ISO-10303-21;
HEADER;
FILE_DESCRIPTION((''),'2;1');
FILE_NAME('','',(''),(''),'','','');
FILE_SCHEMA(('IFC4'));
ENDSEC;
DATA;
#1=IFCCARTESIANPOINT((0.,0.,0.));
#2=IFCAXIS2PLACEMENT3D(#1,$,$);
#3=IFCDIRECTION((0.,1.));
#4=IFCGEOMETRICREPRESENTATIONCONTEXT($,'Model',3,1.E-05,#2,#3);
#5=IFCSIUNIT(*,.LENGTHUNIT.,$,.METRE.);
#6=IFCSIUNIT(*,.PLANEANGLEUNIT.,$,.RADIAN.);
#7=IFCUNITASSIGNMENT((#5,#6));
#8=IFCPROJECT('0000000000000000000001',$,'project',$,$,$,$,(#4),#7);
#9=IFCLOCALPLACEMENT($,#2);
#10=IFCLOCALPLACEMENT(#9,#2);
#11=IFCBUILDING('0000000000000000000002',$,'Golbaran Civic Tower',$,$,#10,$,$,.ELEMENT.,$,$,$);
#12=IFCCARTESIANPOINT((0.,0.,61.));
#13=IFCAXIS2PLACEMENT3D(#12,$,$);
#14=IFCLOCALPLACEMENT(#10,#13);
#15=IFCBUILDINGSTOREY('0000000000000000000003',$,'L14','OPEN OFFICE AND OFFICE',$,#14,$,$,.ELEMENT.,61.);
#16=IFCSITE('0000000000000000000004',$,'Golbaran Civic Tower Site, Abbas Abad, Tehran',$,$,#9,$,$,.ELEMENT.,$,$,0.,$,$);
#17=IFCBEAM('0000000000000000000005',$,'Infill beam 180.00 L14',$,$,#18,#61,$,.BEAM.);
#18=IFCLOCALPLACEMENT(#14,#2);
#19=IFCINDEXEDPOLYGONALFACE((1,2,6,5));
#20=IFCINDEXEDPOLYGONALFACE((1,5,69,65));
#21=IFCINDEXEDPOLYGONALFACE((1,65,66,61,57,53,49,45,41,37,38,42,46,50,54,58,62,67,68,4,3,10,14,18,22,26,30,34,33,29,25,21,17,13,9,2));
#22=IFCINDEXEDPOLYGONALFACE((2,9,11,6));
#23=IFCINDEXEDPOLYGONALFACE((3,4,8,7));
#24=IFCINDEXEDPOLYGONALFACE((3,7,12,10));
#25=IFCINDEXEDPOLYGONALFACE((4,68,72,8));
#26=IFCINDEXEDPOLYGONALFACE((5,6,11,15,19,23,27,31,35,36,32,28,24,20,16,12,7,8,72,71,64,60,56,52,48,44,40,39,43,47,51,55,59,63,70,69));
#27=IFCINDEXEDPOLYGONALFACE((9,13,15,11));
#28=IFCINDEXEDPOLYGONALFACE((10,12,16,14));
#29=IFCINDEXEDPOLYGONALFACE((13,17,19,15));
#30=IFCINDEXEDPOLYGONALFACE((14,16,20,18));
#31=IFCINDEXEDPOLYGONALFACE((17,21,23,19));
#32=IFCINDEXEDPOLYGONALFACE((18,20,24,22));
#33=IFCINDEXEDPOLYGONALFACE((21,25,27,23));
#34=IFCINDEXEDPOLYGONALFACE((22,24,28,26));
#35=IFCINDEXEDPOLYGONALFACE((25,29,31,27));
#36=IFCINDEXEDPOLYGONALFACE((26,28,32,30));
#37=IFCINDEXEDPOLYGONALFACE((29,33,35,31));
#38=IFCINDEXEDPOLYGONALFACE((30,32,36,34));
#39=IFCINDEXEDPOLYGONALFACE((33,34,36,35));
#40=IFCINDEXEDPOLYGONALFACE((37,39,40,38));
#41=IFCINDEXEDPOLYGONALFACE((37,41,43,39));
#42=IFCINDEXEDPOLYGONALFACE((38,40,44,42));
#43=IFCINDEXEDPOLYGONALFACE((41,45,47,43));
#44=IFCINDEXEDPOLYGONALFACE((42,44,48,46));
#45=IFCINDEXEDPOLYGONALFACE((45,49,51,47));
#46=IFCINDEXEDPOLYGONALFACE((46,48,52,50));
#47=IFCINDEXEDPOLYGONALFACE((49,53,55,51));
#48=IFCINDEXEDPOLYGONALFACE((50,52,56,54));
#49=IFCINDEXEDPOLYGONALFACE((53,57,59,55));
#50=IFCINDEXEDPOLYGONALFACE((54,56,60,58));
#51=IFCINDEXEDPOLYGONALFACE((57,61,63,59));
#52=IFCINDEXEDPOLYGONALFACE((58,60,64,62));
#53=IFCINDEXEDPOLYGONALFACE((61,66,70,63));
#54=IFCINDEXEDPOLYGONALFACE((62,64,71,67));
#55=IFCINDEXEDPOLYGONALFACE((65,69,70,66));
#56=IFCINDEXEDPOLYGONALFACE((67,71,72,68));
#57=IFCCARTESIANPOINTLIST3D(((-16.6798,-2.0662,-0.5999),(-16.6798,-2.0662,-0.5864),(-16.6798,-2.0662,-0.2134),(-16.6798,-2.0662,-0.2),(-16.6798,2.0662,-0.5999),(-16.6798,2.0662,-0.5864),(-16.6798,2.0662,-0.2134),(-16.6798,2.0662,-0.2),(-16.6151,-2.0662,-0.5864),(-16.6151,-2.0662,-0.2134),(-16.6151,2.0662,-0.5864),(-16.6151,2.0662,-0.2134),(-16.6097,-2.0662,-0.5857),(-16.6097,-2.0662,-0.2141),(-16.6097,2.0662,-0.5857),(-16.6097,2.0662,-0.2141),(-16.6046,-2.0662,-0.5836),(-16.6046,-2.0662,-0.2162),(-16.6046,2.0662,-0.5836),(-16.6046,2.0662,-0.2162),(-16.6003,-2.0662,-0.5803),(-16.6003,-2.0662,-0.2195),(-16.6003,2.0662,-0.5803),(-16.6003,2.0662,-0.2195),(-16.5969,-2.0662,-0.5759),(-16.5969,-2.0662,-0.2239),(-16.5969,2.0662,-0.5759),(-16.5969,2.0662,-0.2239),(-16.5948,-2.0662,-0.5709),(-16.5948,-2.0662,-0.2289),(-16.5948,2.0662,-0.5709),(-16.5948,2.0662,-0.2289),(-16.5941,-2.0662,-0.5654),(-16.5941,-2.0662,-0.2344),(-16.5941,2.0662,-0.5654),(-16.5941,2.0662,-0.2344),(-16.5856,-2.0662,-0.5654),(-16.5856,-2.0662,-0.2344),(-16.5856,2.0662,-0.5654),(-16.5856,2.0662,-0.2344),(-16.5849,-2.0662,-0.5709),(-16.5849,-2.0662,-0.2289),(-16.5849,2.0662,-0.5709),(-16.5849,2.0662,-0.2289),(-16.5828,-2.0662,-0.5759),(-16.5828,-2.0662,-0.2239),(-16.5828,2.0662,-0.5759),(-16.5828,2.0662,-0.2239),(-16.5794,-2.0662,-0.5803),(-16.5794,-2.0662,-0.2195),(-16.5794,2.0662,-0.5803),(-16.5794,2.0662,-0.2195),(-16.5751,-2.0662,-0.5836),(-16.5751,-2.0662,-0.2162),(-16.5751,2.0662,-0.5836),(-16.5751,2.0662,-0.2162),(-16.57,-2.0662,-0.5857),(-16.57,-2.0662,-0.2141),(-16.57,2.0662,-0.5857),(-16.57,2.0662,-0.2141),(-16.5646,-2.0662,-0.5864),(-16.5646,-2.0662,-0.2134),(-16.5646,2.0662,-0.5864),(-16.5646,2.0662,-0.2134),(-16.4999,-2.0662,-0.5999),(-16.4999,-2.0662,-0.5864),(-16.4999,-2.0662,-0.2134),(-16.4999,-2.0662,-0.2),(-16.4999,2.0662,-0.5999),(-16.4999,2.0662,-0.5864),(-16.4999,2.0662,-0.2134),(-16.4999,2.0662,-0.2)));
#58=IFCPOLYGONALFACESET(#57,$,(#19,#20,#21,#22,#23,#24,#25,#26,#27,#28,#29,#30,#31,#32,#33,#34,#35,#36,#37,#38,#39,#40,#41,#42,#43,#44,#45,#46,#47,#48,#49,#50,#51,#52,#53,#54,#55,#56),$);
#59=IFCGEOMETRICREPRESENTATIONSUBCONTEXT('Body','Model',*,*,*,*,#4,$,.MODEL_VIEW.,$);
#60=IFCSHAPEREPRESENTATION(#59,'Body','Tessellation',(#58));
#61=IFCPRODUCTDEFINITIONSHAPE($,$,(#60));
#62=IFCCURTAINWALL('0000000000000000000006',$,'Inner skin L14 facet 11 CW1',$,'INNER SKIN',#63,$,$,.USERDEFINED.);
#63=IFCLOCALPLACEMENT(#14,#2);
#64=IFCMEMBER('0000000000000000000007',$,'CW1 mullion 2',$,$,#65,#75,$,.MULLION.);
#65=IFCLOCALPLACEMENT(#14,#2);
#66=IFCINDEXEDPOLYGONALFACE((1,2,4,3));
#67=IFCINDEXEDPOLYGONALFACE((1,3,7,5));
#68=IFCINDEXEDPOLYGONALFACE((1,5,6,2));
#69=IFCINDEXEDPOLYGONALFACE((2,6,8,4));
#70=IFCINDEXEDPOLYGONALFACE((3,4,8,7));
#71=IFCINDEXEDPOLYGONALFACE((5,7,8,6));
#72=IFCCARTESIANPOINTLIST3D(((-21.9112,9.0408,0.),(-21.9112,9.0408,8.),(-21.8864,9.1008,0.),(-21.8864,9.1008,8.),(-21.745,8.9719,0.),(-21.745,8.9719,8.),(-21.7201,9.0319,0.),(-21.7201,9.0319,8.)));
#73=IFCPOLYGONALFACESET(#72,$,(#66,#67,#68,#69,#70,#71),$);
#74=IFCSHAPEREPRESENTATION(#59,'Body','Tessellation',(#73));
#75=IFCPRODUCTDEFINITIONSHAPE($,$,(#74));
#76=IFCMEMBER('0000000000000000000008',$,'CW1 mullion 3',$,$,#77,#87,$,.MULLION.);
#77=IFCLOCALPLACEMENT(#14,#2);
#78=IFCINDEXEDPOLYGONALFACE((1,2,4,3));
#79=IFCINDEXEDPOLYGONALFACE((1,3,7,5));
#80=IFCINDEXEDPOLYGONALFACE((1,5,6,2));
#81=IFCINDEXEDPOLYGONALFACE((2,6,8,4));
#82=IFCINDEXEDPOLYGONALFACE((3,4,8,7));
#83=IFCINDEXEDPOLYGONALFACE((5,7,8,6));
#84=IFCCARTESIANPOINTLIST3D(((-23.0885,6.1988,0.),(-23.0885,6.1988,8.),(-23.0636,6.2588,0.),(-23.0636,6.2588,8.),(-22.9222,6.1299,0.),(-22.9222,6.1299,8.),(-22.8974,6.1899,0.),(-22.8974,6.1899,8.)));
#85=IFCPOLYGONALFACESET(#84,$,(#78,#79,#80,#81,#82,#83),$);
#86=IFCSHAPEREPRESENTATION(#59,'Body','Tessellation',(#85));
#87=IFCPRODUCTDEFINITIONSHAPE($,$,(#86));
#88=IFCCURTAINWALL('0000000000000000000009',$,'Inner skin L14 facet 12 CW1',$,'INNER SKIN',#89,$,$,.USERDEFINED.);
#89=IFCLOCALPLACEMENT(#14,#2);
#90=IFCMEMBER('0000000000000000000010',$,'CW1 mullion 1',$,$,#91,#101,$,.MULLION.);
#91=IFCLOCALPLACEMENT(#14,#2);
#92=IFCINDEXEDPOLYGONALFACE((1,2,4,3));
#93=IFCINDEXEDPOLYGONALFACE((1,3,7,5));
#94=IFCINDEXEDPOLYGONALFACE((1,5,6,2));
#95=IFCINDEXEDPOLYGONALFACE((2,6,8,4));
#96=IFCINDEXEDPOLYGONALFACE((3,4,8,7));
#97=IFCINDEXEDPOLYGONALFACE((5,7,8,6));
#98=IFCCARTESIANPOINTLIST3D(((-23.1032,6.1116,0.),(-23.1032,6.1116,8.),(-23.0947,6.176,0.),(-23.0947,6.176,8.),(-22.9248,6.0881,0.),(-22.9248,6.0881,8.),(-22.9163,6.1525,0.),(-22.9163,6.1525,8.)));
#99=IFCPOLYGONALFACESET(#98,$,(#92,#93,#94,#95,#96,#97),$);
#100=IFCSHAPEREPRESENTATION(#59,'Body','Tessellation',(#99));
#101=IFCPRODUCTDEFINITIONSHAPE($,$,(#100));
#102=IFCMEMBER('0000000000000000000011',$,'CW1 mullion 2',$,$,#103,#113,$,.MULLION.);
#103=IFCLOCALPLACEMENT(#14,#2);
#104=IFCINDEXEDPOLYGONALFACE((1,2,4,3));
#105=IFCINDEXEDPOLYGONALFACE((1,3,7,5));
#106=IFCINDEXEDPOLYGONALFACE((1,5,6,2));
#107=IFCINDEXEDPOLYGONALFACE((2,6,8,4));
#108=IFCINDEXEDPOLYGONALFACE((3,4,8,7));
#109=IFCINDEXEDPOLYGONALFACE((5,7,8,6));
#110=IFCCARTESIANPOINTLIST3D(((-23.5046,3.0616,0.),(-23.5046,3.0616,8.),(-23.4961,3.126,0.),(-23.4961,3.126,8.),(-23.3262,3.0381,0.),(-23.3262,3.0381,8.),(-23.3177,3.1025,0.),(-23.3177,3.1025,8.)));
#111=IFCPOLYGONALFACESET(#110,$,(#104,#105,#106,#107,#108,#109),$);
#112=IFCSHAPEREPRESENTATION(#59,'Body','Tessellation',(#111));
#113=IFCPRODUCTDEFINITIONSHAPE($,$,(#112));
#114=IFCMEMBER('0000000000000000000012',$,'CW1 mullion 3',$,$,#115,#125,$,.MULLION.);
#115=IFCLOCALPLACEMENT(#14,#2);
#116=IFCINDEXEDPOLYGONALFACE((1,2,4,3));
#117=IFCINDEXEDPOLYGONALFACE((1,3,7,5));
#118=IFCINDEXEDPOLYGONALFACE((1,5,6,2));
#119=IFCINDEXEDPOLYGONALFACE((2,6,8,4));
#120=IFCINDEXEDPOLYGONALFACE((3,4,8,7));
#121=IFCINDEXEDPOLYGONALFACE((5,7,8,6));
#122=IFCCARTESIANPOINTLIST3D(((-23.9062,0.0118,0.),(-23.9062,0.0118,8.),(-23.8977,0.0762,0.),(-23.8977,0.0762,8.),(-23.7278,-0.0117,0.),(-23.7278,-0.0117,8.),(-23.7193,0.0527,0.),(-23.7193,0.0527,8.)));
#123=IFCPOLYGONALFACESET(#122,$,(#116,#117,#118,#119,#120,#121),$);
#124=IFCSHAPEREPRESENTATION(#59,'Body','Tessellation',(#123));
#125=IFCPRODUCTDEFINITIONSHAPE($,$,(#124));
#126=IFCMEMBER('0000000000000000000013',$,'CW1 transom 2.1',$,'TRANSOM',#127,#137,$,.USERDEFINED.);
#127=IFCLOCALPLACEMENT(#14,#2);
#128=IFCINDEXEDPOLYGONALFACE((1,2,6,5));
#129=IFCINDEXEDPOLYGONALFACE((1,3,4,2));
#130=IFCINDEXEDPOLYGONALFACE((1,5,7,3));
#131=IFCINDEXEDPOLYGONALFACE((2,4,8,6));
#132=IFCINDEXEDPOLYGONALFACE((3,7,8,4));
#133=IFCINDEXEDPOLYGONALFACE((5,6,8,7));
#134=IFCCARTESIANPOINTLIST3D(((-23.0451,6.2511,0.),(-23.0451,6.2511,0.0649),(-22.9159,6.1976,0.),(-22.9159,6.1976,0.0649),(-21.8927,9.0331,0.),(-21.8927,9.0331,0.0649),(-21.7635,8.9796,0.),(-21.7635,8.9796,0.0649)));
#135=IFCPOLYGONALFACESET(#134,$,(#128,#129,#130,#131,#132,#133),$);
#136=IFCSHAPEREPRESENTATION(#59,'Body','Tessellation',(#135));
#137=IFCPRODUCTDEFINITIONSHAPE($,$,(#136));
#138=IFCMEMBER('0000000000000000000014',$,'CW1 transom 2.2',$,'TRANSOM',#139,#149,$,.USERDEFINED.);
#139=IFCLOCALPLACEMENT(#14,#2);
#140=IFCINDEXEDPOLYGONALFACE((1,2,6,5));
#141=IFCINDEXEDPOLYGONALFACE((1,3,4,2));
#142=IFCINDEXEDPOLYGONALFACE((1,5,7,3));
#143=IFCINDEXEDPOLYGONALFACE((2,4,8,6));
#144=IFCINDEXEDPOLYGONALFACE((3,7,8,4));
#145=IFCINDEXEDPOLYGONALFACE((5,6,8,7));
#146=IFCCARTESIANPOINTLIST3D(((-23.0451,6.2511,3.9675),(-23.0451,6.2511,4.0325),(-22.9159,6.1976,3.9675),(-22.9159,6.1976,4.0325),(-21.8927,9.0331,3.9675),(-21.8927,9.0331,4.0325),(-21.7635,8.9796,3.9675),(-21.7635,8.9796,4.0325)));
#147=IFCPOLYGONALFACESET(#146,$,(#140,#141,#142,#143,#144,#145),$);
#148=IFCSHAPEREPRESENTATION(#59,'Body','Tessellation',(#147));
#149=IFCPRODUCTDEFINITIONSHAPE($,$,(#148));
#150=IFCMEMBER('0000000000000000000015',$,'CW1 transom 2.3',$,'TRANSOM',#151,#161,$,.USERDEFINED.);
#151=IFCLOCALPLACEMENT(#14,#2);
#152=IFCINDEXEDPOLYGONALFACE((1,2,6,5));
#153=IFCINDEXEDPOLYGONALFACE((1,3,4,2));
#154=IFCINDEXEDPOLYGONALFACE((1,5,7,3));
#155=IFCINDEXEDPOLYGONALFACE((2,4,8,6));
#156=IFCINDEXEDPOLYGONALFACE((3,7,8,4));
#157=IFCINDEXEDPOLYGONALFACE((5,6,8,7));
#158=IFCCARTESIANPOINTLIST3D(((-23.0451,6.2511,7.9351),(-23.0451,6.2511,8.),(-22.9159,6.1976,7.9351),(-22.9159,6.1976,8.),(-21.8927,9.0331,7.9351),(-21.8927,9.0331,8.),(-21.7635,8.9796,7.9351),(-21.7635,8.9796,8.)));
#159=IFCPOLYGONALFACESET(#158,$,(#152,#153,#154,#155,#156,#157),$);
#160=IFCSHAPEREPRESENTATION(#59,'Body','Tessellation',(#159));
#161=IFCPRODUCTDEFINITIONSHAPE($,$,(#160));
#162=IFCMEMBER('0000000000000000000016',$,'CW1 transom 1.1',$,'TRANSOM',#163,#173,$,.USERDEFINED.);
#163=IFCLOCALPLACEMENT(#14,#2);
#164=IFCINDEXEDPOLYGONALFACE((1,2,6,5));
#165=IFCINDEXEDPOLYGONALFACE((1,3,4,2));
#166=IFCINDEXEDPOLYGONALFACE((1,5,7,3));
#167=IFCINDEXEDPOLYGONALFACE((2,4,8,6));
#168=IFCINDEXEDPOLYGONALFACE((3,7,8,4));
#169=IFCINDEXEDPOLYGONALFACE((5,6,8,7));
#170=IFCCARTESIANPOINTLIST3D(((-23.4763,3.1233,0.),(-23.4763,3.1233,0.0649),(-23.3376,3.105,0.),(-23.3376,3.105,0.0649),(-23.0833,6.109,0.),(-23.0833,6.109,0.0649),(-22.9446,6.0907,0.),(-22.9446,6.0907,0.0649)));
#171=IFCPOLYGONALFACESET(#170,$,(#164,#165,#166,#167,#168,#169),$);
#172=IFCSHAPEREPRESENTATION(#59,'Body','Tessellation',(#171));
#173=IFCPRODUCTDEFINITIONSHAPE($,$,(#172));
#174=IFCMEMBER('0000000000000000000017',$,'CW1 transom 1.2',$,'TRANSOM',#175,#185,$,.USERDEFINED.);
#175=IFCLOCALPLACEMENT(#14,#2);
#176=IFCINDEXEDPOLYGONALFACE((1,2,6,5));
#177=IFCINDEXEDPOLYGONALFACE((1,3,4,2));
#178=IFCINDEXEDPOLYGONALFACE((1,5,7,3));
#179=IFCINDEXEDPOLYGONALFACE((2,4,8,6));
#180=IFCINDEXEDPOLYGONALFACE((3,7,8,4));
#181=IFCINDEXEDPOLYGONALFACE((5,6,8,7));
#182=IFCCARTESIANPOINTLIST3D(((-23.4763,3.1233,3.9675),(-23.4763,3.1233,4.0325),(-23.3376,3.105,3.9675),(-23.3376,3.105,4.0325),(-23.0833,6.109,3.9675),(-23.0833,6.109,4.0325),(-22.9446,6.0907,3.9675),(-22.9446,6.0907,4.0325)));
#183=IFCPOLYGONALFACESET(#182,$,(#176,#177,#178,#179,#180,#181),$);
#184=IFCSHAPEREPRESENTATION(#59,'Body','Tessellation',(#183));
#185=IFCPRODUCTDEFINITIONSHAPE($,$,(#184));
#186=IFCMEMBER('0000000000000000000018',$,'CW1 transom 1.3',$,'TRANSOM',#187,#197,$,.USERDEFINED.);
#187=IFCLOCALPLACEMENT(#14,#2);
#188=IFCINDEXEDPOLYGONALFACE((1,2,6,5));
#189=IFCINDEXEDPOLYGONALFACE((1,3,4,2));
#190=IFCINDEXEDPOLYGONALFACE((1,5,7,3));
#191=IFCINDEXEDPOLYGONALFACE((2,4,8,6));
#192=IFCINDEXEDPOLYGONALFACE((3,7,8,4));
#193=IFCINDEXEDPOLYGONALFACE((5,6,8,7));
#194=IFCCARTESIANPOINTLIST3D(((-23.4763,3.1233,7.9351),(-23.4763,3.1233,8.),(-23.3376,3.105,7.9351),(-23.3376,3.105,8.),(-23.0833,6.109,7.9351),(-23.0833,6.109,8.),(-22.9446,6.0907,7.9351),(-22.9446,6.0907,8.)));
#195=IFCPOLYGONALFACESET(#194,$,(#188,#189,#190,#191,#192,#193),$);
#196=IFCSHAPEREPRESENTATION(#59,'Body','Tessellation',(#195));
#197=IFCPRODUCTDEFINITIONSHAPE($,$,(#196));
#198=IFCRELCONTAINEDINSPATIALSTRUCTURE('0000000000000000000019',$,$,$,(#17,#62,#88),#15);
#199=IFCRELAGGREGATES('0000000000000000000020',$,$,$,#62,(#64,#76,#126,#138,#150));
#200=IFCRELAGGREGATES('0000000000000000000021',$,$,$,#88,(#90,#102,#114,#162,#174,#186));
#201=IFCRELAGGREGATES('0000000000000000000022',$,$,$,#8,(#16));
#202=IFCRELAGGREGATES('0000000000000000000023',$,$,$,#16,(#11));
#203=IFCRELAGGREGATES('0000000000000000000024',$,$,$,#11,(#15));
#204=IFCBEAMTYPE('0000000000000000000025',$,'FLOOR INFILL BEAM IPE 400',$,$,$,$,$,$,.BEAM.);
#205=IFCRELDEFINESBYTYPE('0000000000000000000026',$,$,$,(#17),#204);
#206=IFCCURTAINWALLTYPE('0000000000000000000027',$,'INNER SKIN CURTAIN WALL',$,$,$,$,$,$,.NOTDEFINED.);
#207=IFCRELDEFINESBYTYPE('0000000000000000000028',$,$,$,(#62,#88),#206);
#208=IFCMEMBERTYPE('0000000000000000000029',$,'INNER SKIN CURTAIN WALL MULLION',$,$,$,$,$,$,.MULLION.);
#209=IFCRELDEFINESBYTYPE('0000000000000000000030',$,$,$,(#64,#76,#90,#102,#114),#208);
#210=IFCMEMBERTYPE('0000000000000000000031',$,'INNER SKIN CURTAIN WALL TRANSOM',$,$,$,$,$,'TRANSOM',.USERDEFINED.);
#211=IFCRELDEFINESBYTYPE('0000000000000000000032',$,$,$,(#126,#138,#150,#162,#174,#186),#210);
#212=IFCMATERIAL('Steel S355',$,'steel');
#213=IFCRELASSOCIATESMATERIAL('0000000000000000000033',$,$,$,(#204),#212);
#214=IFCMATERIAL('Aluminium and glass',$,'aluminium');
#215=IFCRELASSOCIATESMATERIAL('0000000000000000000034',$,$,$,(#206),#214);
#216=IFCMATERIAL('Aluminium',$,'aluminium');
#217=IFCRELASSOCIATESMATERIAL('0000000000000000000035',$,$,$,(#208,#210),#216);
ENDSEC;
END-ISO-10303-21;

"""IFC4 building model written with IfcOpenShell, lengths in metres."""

from ifc_helpers import new_model, si_unit, direction, frame, origin, origin_2d, place, context, subcontext, project, spatial, rectangle, i_section, extrude, material, material_profile, profile_set, type_object, element, aggregate, save


model = new_model("IFC4")

# Units and contexts
model_context = context("Model", 3, precision=1e-05, world=origin(), true_north=direction((0.0, 1.0)))
body_context = subcontext(model_context, "Body", "Model", "MODEL_VIEW")
ifc_project = project(units=[si_unit("LENGTHUNIT", "METRE"), si_unit("PLANEANGLEUNIT", "RADIAN")], contexts=[model_context])

# Site, building, storey
site_placement = place(None, origin())
site = spatial("IfcSite", under=ifc_project, at=site_placement, Name="Golbaran Civic Tower Site, Abbas Abad, Tehran", CompositionType="ELEMENT", RefElevation=0.0)
building_placement = place(site_placement, origin())
building = spatial("IfcBuilding", under=site, at=building_placement, Name="Golbaran Civic Tower", CompositionType="ELEMENT")
storey_placement = place(building_placement, frame((0.0, 0.0, 61.0)))
storey = spatial("IfcBuildingStorey", under=building, at=storey_placement, Name="L14", Description="OPEN OFFICE AND OFFICE", CompositionType="ELEMENT", Elevation=61.0)

# Beam
ifc_material_1 = material(Name="Steel S355", Category="steel")
ifc_material_profile_1 = material_profile(ifc_material_1, i_section(OverallWidth=0.1799, OverallDepth=0.3999, WebThickness=0.0085, FlangeThickness=0.0134, FilletRadius=0.021, at=origin_2d()), Name="IPE 400")
ifc_profile_set_1 = profile_set([ifc_material_profile_1], Name="Steel S355")
beam_type_1 = type_object("IfcBeamType", Name="FLOOR INFILL BEAM IPE 400", PredefinedType="BEAM", material=ifc_profile_set_1)
beam_1_placement = place(storey_placement, frame((-16.5898, 2.0662, -0.3999), z_axis=(0.0, -1.0, 0.0), x_axis=(1.0, 0.0, 0.0)))
element("IfcBeam", 1, at=beam_1_placement, inside=storey, type_object=beam_type_1, Name="Infill beam 180.00 L14", PredefinedType="BEAM", context=body_context, shape_type="SweptSolid", body=[
    extrude(i_section(OverallWidth=0.1799, OverallDepth=0.3999, WebThickness=0.0085, FlangeThickness=0.0134, FilletRadius=0.021, at=origin_2d()), origin(), (0.0, 0.0, 1.0), 4.1323),
])

# Curtain walls, members
ifc_material_2 = material(Name="Aluminium and glass", Category="aluminium")
curtain_wall_type = type_object("IfcCurtainWallType", Name="INNER SKIN CURTAIN WALL", PredefinedType="NOTDEFINED", material=ifc_material_2)
curtain_wall_1_placement = place(storey_placement, origin())
curtain_wall_1 = element("IfcCurtainWall", 2, at=curtain_wall_1_placement, inside=storey, type_object=curtain_wall_type, Name="Inner skin L14 facet 11 CW1", ObjectType="INNER SKIN", PredefinedType="USERDEFINED")
ifc_material_3 = material(Name="Aluminium", Category="aluminium")
ifc_material_profile_2 = material_profile(ifc_material_3, rectangle(XDim=0.1799, YDim=0.0649, at=origin_2d()), Name="INNER SKIN CURTAIN WALL MULLION")
ifc_profile_set_2 = profile_set([ifc_material_profile_2], Name="Aluminium")
member_type_1 = type_object("IfcMemberType", Name="INNER SKIN CURTAIN WALL MULLION", PredefinedType="MULLION", material=ifc_profile_set_2)
member_1_placement = place(storey_placement, frame((-21.8157, 9.0364, 0.0), z_axis=(0.0, 0.0, 1.0), x_axis=(0.92388, -0.382683, 0.0)))
member_1 = element("IfcMember", 3, at=member_1_placement, type_object=member_type_1, Name="CW1 mullion 2", PredefinedType="MULLION", context=body_context, shape_type="SweptSolid", body=[
    extrude(rectangle(XDim=0.1799, YDim=0.0649, at=origin_2d()), origin(), (0.0, 0.0, 1.0), 8.0),
])
member_2_placement = place(storey_placement, frame((-22.9929, 6.1943, 0.0), z_axis=(0.0, 0.0, 1.0), x_axis=(0.92388, -0.382683, 0.0)))
member_2 = element("IfcMember", 4, at=member_2_placement, type_object=member_type_1, Name="CW1 mullion 3", PredefinedType="MULLION", context=body_context, shape_type="SweptSolid", body=[
    extrude(rectangle(XDim=0.1799, YDim=0.0649, at=origin_2d()), origin(), (0.0, 0.0, 1.0), 8.0),
])
curtain_wall_2_placement = place(storey_placement, origin())
curtain_wall_2 = element("IfcCurtainWall", 5, at=curtain_wall_2_placement, inside=storey, type_object=curtain_wall_type, Name="Inner skin L14 facet 12 CW1", ObjectType="INNER SKIN", PredefinedType="USERDEFINED")
member_3_placement = place(storey_placement, frame((-23.0098, 6.1321, 0.0), z_axis=(0.0, 0.0, 1.0), x_axis=(0.991445, -0.130526, 0.0)))
member_3 = element("IfcMember", 6, at=member_3_placement, type_object=member_type_1, Name="CW1 mullion 1", PredefinedType="MULLION", context=body_context, shape_type="SweptSolid", body=[
    extrude(rectangle(XDim=0.1799, YDim=0.0649, at=origin_2d()), origin(), (0.0, 0.0, 1.0), 8.0),
])
member_4_placement = place(storey_placement, frame((-23.4111, 3.082, 0.0), z_axis=(0.0, 0.0, 1.0), x_axis=(0.991445, -0.130526, 0.0)))
member_4 = element("IfcMember", 7, at=member_4_placement, type_object=member_type_1, Name="CW1 mullion 2", PredefinedType="MULLION", context=body_context, shape_type="SweptSolid", body=[
    extrude(rectangle(XDim=0.1799, YDim=0.0649, at=origin_2d()), origin(), (0.0, 0.0, 1.0), 8.0),
])
member_5_placement = place(storey_placement, frame((-23.8127, 0.0322, 0.0), z_axis=(0.0, 0.0, 1.0), x_axis=(0.991445, -0.130526, 0.0)))
member_5 = element("IfcMember", 8, at=member_5_placement, type_object=member_type_1, Name="CW1 mullion 3", PredefinedType="MULLION", context=body_context, shape_type="SweptSolid", body=[
    extrude(rectangle(XDim=0.1799, YDim=0.0649, at=origin_2d()), origin(), (0.0, 0.0, 1.0), 8.0),
])

# Members
ifc_material_profile_3 = material_profile(ifc_material_3, rectangle(XDim=0.1399, YDim=0.0649, at=origin_2d()), Name="INNER SKIN CURTAIN WALL TRANSOM")
ifc_profile_set_3 = profile_set([ifc_material_profile_3], Name="Aluminium")
member_type_2 = type_object("IfcMemberType", Name="INNER SKIN CURTAIN WALL TRANSOM", ElementType="TRANSOM", PredefinedType="USERDEFINED", material=ifc_profile_set_3)
member_6_placement = place(storey_placement, frame((-21.8281, 9.0063, 0.0325), z_axis=(-0.382686, -0.923878, 0.0), x_axis=(0.923878, -0.382686, 0.0)))
member_6 = element("IfcMember", 9, at=member_6_placement, type_object=member_type_2, Name="CW1 transom 2.1", ObjectType="TRANSOM", PredefinedType="USERDEFINED", context=body_context, shape_type="SweptSolid", body=[
    extrude(rectangle(XDim=0.1399, YDim=0.0649, at=origin_2d()), origin(), (0.0, 0.0, 1.0), 3.0112),
])
member_7_placement = place(storey_placement, frame((-21.8281, 9.0063, 4.0), z_axis=(-0.382686, -0.923878, 0.0), x_axis=(0.923878, -0.382686, 0.0)))
member_7 = element("IfcMember", 10, at=member_7_placement, type_object=member_type_2, Name="CW1 transom 2.2", ObjectType="TRANSOM", PredefinedType="USERDEFINED", context=body_context, shape_type="SweptSolid", body=[
    extrude(rectangle(XDim=0.1399, YDim=0.0649, at=origin_2d()), origin(), (0.0, 0.0, 1.0), 3.0112),
])
member_8_placement = place(storey_placement, frame((-21.8281, 9.0063, 7.9675), z_axis=(-0.382686, -0.923878, 0.0), x_axis=(0.923878, -0.382686, 0.0)))
member_8 = element("IfcMember", 11, at=member_8_placement, type_object=member_type_2, Name="CW1 transom 2.3", ObjectType="TRANSOM", PredefinedType="USERDEFINED", context=body_context, shape_type="SweptSolid", body=[
    extrude(rectangle(XDim=0.1399, YDim=0.0649, at=origin_2d()), origin(), (0.0, 0.0, 1.0), 3.0112),
])
member_9_placement = place(storey_placement, frame((-23.0139, 6.0999, 0.0325), z_axis=(-0.130528, -0.991445, 0.0), x_axis=(0.991445, -0.130528, 0.0)))
member_9 = element("IfcMember", 12, at=member_9_placement, type_object=member_type_2, Name="CW1 transom 1.1", ObjectType="TRANSOM", PredefinedType="USERDEFINED", context=body_context, shape_type="SweptSolid", body=[
    extrude(rectangle(XDim=0.1399, YDim=0.0649, at=origin_2d()), origin(), (0.0, 0.0, 1.0), 3.0115),
])
member_10_placement = place(storey_placement, frame((-23.0139, 6.0999, 4.0), z_axis=(-0.130528, -0.991445, 0.0), x_axis=(0.991445, -0.130528, 0.0)))
member_10 = element("IfcMember", 13, at=member_10_placement, type_object=member_type_2, Name="CW1 transom 1.2", ObjectType="TRANSOM", PredefinedType="USERDEFINED", context=body_context, shape_type="SweptSolid", body=[
    extrude(rectangle(XDim=0.1399, YDim=0.0649, at=origin_2d()), origin(), (0.0, 0.0, 1.0), 3.0115),
])
member_11_placement = place(storey_placement, frame((-23.0139, 6.0999, 7.9675), z_axis=(-0.130528, -0.991445, 0.0), x_axis=(0.991445, -0.130528, 0.0)))
member_11 = element("IfcMember", 14, at=member_11_placement, type_object=member_type_2, Name="CW1 transom 1.3", ObjectType="TRANSOM", PredefinedType="USERDEFINED", context=body_context, shape_type="SweptSolid", body=[
    extrude(rectangle(XDim=0.1399, YDim=0.0649, at=origin_2d()), origin(), (0.0, 0.0, 1.0), 3.0115),
])

aggregate(curtain_wall_1, [member_1, member_2, member_6, member_7, member_8])
aggregate(curtain_wall_2, [member_3, member_4, member_5, member_9, member_10, member_11])

save(model, "model.ifc")
